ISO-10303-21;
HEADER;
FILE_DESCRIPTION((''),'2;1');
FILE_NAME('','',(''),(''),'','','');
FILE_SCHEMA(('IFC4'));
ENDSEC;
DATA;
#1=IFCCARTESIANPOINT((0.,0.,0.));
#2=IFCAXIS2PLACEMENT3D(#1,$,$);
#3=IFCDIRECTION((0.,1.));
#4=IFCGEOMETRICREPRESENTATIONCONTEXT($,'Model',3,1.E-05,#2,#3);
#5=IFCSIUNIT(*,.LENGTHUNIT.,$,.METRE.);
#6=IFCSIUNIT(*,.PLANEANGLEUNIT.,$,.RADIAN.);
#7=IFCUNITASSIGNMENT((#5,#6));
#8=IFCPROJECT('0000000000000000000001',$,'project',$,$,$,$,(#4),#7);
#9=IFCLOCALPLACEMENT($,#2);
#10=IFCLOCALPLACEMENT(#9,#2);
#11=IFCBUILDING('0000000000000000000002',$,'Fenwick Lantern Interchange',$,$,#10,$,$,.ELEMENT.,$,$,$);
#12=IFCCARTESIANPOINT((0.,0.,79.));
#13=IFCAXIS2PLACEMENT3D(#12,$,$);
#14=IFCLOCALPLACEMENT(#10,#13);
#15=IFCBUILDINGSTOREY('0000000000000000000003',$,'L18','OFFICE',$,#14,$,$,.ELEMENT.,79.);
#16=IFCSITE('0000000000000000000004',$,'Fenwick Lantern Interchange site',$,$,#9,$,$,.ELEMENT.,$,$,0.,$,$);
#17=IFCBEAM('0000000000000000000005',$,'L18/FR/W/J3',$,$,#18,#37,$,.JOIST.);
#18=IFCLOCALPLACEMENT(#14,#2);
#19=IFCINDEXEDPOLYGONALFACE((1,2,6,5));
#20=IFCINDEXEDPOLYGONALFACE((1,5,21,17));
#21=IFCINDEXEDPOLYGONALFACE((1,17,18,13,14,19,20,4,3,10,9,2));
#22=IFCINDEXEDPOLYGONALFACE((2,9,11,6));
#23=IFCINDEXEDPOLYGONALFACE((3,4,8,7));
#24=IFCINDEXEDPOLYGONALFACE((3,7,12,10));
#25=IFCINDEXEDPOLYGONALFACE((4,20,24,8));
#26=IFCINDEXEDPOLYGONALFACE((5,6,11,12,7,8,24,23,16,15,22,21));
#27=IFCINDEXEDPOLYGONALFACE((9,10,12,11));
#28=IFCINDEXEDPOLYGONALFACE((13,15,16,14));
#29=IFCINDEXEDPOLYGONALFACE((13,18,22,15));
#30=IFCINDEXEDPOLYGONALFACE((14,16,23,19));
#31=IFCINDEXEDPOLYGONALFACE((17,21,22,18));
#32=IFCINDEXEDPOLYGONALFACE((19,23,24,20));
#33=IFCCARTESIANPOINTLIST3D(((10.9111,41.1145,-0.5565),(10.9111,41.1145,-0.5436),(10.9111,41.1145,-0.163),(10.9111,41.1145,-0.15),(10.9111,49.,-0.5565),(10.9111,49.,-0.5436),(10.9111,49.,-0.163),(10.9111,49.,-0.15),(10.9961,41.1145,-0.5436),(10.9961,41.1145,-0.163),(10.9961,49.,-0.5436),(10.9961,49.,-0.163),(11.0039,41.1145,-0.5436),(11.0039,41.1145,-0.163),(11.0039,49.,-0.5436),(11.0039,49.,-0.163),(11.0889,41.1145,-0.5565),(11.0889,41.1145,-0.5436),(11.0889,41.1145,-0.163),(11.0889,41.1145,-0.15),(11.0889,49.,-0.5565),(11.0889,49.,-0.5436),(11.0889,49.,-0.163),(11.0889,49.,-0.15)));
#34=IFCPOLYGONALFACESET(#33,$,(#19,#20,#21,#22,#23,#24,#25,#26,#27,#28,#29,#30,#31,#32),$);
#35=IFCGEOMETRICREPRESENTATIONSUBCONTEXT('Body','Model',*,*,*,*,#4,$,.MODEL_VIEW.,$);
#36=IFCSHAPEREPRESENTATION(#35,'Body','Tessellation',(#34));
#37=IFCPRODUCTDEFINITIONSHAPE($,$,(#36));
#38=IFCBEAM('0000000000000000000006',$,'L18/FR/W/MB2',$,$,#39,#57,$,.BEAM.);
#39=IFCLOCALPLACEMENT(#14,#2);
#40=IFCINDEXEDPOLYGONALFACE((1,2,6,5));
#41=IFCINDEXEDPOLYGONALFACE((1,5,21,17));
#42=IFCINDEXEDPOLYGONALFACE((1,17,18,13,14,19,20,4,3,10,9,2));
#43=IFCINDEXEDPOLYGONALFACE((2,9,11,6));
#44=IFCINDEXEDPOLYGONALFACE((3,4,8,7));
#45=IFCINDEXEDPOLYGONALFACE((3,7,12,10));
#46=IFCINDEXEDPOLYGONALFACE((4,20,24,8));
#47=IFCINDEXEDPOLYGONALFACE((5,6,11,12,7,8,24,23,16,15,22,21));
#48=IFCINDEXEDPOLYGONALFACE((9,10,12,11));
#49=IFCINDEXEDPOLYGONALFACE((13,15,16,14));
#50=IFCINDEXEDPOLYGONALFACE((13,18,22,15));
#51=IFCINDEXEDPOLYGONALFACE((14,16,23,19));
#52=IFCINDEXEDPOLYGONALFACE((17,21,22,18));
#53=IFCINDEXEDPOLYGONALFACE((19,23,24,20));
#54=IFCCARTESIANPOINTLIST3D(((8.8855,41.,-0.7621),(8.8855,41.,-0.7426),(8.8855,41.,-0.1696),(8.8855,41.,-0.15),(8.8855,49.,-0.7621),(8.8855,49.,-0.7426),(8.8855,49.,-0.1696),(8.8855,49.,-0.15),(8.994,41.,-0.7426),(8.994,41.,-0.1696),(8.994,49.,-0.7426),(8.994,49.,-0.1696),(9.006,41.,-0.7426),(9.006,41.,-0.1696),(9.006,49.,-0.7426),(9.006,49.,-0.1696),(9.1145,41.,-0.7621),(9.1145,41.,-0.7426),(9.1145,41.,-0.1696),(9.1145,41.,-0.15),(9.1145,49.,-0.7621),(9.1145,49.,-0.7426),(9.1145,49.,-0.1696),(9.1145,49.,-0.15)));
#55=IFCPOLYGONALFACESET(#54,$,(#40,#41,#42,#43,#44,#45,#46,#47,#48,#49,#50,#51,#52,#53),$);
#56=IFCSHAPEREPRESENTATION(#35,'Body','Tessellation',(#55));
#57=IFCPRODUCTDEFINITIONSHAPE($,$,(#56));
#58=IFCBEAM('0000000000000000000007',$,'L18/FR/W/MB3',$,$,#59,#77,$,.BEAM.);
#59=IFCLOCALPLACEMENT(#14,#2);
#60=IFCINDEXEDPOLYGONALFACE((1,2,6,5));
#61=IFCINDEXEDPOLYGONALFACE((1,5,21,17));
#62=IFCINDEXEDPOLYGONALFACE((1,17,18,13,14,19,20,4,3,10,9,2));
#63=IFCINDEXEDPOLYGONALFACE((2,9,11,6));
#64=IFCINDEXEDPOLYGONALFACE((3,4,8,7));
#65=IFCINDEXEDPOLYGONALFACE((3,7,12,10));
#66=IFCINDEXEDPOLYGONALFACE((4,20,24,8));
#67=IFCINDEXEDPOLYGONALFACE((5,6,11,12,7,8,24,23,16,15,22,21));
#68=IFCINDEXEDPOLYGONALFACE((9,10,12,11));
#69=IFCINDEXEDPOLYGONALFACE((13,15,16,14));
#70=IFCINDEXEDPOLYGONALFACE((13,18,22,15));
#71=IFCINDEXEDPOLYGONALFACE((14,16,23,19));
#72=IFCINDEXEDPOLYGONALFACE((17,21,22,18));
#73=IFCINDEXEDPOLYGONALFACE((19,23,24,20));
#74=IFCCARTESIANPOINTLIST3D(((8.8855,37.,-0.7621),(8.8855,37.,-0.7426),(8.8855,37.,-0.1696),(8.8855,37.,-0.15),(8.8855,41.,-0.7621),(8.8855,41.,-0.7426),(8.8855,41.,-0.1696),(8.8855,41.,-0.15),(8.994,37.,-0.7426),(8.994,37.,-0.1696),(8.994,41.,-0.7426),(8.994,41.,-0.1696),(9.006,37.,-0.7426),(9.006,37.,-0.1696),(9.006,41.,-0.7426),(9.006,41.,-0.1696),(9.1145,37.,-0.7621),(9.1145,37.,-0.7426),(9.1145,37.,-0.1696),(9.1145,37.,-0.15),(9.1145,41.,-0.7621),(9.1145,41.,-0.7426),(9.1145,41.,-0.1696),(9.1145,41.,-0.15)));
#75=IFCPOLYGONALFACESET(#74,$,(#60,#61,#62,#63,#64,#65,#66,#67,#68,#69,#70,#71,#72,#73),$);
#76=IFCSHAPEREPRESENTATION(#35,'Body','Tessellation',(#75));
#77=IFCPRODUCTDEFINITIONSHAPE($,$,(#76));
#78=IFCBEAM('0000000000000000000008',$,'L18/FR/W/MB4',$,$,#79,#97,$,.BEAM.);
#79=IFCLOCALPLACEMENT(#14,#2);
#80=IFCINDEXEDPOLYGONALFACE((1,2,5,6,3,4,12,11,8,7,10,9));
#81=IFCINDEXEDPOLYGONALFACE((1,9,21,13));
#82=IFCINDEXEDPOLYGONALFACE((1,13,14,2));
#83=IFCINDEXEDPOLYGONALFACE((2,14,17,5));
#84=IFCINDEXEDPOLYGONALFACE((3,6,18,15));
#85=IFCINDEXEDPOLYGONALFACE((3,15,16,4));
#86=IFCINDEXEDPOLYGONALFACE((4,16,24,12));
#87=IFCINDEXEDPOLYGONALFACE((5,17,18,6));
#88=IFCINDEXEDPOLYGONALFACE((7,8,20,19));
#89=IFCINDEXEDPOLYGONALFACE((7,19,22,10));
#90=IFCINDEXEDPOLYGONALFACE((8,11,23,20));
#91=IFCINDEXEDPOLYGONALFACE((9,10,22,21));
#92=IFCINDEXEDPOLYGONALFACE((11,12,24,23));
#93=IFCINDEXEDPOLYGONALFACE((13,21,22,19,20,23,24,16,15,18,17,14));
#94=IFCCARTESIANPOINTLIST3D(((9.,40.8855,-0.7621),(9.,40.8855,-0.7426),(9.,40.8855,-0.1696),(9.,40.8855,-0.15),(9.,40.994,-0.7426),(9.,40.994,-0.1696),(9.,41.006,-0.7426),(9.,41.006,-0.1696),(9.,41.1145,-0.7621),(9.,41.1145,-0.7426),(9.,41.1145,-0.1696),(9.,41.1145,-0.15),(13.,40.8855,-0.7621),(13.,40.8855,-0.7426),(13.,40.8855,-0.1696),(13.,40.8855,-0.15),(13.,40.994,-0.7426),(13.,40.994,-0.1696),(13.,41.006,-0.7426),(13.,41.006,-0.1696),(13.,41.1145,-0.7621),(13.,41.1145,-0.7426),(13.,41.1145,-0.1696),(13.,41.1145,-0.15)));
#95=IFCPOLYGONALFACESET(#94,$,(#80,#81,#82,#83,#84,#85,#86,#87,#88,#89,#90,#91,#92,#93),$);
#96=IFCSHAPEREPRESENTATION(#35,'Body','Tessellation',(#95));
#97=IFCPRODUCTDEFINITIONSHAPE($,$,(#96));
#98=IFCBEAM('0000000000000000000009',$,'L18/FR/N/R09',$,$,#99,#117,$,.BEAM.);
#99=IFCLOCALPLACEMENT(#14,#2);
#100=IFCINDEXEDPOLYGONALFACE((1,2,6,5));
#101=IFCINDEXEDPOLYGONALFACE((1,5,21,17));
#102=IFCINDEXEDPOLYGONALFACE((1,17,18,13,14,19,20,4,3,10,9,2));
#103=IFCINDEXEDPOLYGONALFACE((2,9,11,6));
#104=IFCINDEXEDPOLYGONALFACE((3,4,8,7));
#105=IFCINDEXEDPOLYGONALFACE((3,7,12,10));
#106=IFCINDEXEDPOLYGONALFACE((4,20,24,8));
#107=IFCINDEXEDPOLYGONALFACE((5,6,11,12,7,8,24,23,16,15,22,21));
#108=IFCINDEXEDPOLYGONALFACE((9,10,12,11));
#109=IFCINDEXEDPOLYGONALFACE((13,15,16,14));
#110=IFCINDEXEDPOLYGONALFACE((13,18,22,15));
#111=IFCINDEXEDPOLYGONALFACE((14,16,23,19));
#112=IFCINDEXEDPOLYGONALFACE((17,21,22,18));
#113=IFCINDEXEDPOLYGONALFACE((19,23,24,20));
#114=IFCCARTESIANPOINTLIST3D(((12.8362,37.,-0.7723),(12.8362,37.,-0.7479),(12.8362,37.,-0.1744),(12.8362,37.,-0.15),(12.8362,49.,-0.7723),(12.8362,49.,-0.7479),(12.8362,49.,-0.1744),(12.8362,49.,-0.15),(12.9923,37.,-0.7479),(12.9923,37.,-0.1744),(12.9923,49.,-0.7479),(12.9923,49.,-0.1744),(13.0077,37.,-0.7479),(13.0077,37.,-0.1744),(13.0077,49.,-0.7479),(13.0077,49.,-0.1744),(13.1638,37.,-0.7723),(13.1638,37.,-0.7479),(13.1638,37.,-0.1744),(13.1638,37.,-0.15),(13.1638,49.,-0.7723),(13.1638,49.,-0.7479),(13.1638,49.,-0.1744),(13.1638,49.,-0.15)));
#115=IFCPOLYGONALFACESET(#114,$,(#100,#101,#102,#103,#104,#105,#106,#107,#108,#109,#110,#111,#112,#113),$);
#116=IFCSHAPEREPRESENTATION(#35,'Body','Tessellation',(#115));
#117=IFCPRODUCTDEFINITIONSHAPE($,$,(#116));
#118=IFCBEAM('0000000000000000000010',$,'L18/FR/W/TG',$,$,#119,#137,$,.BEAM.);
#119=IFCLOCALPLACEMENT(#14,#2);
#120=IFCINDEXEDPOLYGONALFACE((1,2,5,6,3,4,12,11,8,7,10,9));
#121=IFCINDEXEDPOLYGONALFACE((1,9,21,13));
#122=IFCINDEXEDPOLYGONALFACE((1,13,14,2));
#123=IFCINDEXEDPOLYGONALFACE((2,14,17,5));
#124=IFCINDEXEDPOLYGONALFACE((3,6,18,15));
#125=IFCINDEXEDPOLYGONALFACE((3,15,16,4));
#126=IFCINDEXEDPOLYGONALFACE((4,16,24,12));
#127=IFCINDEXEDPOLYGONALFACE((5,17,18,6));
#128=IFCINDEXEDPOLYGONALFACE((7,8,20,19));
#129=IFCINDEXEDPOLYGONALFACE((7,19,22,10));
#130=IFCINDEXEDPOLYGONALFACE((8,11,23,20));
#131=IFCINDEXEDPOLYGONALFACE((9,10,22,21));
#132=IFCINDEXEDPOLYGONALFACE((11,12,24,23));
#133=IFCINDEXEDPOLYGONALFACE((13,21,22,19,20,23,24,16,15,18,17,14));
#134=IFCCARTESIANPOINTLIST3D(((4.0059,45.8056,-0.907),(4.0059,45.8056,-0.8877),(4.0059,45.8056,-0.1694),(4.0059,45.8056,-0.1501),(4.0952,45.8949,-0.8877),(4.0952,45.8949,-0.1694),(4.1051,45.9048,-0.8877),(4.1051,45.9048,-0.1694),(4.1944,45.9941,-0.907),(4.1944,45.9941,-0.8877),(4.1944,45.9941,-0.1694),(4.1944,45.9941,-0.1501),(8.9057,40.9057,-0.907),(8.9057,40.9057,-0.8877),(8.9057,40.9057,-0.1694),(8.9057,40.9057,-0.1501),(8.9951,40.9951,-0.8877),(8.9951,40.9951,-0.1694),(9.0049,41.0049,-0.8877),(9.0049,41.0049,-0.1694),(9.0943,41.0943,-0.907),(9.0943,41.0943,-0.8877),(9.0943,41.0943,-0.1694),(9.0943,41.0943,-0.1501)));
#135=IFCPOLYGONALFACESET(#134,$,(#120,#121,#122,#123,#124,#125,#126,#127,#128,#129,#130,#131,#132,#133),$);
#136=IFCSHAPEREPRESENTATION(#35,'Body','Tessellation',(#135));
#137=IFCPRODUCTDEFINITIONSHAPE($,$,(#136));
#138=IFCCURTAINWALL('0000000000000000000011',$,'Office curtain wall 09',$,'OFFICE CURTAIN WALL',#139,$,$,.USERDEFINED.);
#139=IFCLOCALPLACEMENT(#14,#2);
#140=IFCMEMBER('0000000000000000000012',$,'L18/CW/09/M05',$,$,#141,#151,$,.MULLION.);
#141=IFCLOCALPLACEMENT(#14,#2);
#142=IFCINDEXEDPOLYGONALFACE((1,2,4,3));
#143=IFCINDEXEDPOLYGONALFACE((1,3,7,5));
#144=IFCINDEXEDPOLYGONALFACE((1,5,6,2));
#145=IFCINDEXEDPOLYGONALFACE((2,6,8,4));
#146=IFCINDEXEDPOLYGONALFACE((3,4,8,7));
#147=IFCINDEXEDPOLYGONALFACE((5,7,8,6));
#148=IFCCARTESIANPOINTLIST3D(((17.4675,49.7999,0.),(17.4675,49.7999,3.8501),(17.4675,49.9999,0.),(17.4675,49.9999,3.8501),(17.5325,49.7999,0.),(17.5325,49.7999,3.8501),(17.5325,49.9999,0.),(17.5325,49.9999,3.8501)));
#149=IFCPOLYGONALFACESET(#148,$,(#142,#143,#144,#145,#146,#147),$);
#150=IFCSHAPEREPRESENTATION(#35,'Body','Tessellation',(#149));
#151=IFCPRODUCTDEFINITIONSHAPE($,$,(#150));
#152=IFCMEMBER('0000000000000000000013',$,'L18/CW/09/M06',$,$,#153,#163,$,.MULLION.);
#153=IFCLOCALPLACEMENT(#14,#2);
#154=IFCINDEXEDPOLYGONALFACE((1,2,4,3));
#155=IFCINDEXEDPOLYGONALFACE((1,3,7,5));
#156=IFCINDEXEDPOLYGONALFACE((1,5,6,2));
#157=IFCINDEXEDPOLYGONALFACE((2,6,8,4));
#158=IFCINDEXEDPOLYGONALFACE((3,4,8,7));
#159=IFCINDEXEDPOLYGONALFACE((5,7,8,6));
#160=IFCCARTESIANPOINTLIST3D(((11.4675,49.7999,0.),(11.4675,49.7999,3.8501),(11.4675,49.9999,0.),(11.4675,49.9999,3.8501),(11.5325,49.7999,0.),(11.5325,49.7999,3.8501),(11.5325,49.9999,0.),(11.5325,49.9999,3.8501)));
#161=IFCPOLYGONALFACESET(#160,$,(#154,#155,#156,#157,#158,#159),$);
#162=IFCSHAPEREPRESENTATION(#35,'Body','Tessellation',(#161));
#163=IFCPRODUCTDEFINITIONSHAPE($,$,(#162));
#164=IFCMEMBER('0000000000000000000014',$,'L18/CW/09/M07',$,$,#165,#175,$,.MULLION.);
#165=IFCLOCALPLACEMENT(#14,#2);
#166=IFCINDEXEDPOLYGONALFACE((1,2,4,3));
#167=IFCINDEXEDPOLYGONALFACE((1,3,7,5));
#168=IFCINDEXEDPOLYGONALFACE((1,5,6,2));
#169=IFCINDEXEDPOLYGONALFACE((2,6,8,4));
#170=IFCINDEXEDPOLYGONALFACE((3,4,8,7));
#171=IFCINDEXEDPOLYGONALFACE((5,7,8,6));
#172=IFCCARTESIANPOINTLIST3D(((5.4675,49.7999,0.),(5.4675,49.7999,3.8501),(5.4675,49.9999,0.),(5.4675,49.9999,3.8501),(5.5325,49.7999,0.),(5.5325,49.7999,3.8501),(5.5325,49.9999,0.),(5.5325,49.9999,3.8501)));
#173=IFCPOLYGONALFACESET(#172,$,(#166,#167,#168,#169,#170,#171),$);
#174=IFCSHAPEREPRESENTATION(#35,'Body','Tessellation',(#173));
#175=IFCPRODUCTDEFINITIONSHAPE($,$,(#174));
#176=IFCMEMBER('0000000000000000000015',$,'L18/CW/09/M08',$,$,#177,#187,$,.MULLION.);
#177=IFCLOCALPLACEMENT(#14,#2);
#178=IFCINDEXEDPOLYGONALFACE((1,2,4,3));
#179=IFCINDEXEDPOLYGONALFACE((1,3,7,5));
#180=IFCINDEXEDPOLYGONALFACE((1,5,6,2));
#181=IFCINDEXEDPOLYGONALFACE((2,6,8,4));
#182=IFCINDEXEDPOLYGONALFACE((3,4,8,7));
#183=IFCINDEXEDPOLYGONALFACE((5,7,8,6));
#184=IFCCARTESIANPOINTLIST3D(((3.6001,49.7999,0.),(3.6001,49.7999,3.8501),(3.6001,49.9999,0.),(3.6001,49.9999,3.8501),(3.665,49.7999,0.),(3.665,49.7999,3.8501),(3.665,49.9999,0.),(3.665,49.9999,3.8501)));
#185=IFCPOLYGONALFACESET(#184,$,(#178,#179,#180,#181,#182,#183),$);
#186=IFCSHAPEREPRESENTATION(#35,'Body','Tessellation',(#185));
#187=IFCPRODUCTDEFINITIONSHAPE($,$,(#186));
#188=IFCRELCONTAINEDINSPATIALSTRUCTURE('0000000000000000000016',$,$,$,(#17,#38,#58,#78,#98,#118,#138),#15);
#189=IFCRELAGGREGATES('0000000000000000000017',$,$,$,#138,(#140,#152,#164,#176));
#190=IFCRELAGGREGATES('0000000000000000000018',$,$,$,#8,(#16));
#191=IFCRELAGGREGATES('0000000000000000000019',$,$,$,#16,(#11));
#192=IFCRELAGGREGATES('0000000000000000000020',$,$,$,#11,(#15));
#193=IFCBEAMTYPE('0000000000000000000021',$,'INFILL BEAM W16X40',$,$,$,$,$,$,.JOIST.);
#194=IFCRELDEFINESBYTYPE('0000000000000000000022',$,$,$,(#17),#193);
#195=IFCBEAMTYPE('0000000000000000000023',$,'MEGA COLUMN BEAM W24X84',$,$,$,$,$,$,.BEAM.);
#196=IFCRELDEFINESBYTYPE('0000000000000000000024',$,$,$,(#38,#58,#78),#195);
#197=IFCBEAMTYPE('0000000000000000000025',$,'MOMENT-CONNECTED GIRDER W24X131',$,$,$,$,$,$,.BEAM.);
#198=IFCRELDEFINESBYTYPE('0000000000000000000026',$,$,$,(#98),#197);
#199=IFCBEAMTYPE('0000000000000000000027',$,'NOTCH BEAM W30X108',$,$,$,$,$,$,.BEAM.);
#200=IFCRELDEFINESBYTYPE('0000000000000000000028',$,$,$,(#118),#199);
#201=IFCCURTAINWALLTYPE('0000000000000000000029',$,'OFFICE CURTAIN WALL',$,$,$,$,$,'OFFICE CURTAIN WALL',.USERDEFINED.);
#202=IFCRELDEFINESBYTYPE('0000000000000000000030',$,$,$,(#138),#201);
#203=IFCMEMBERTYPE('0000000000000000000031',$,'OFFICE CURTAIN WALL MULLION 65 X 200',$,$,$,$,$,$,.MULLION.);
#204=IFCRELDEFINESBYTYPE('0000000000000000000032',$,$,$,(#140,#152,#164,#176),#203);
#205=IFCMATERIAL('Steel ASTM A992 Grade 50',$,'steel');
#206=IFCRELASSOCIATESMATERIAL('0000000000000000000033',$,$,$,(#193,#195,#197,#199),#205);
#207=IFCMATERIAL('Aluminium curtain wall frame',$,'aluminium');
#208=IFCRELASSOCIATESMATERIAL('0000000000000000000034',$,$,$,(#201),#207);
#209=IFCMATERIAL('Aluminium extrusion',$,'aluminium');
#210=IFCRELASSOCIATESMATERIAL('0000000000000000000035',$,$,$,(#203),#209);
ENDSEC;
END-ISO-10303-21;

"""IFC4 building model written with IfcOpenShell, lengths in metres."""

from ifc_helpers import new_model, si_unit, direction, frame, origin, origin_2d, place, context, subcontext, project, spatial, rectangle, i_section, extrude, material, material_profile, profile_set, type_object, element, aggregate, save


model = new_model("IFC4")

# Units and contexts
model_context = context("Model", 3, precision=1e-05, world=origin(), true_north=direction((0.0, 1.0)))
body_context = subcontext(model_context, "Body", "Model", "MODEL_VIEW")
ifc_project = project(units=[si_unit("LENGTHUNIT", "METRE"), si_unit("PLANEANGLEUNIT", "RADIAN")], contexts=[model_context])

# Site, building, storey
site_placement = place(None, origin())
site = spatial("IfcSite", under=ifc_project, at=site_placement, Name="Fenwick Lantern Interchange site", CompositionType="ELEMENT", RefElevation=0.0)
building_placement = place(site_placement, origin())
building = spatial("IfcBuilding", under=site, at=building_placement, Name="Fenwick Lantern Interchange", CompositionType="ELEMENT")
storey_placement = place(building_placement, frame((0.0, 0.0, 79.0)))
storey = spatial("IfcBuildingStorey", under=building, at=storey_placement, Name="L18", Description="OFFICE", CompositionType="ELEMENT", Elevation=79.0)

# Shared definitions
ifc_material_1 = material(Name="Steel ASTM A992 Grade 50", Category="steel")

# Beams
ifc_material_profile_1 = material_profile(ifc_material_1, i_section(OverallWidth=0.1777, OverallDepth=0.4065, WebThickness=0.0078, FlangeThickness=0.0129, at=origin_2d()), Name="W16X40")
ifc_profile_set_1 = profile_set([ifc_material_profile_1], Name="Steel ASTM A992 Grade 50")
beam_type_1 = type_object("IfcBeamType", Name="INFILL BEAM W16X40", PredefinedType="JOIST", material=ifc_profile_set_1)
beam_1_placement = place(storey_placement, frame((11.0, 49.0, -0.3533), z_axis=(0.0, -1.0, 0.0), x_axis=(1.0, 0.0, 0.0)))
element("IfcBeam", 1, at=beam_1_placement, inside=storey, type_object=beam_type_1, Name="L18/FR/W/J3", PredefinedType="JOIST", context=body_context, shape_type="SweptSolid", body=[
    extrude(i_section(OverallWidth=0.1777, OverallDepth=0.4065, WebThickness=0.0078, FlangeThickness=0.0129, at=origin_2d()), origin(), (0.0, 0.0, 1.0), 7.8855),
])
ifc_material_profile_2 = material_profile(ifc_material_1, i_section(OverallWidth=0.229, OverallDepth=0.6121, WebThickness=0.012, FlangeThickness=0.0195, at=origin_2d()), Name="W24X84")
ifc_profile_set_2 = profile_set([ifc_material_profile_2], Name="Steel ASTM A992 Grade 50")
beam_type_2 = type_object("IfcBeamType", Name="MEGA COLUMN BEAM W24X84", PredefinedType="BEAM", material=ifc_profile_set_2)
beam_2_placement = place(storey_placement, frame((9.0, 41.0, -0.4561), z_axis=(0.0, 1.0, 0.0), x_axis=(-1.0, 0.0, 0.0)))
element("IfcBeam", 2, at=beam_2_placement, inside=storey, type_object=beam_type_2, Name="L18/FR/W/MB2", PredefinedType="BEAM", context=body_context, shape_type="SweptSolid", body=[
    extrude(i_section(OverallWidth=0.229, OverallDepth=0.6121, WebThickness=0.012, FlangeThickness=0.0195, at=origin_2d()), origin(), (0.0, 0.0, 1.0), 8.0),
])
for number, where, z_axis, x_axis, name in (
    (3, (9.0, 41.0, -0.4561), (0.0, -1.0, 0.0), (1.0, 0.0, 0.0), "L18/FR/W/MB3"),
    (4, (9.0, 41.0, -0.4561), (1.0, 0.0, 0.0), (0.0, 1.0, 0.0), "L18/FR/W/MB4"),
):
    element("IfcBeam", number, at=place(storey_placement, frame(where, z_axis=z_axis, x_axis=x_axis)), inside=storey, type_object=beam_type_2, Name=name, PredefinedType="BEAM", context=body_context, shape_type="SweptSolid", body=[
        extrude(i_section(OverallWidth=0.229, OverallDepth=0.6121, WebThickness=0.012, FlangeThickness=0.0195, at=origin_2d()), origin(), (0.0, 0.0, 1.0), 4.0),
    ])
ifc_material_profile_3 = material_profile(ifc_material_1, i_section(OverallWidth=0.3276, OverallDepth=0.6223, WebThickness=0.0154, FlangeThickness=0.0244, at=origin_2d()), Name="W24X131")
ifc_profile_set_3 = profile_set([ifc_material_profile_3], Name="Steel ASTM A992 Grade 50")
beam_type_3 = type_object("IfcBeamType", Name="MOMENT-CONNECTED GIRDER W24X131", PredefinedType="BEAM", material=ifc_profile_set_3)
beam_3_placement = place(storey_placement, frame((13.0, 49.0, -0.4612), z_axis=(0.0, -1.0, 0.0), x_axis=(1.0, 0.0, 0.0)))
element("IfcBeam", 5, at=beam_3_placement, inside=storey, type_object=beam_type_3, Name="L18/FR/N/R09", PredefinedType="BEAM", context=body_context, shape_type="SweptSolid", body=[
    extrude(i_section(OverallWidth=0.3276, OverallDepth=0.6223, WebThickness=0.0154, FlangeThickness=0.0244, at=origin_2d()), origin(), (0.0, 0.0, 1.0), 12.0),
])
ifc_material_profile_4 = material_profile(ifc_material_1, i_section(OverallWidth=0.2666, OverallDepth=0.7568, WebThickness=0.0139, FlangeThickness=0.0193, at=origin_2d()), Name="W30X108")
ifc_profile_set_4 = profile_set([ifc_material_profile_4], Name="Steel ASTM A992 Grade 50")
beam_type_4 = type_object("IfcBeamType", Name="NOTCH BEAM W30X108", PredefinedType="BEAM", material=ifc_profile_set_4)
beam_4_placement = place(storey_placement, frame((9.0, 41.0, -0.5286), z_axis=(-0.707107, 0.707107, 0.0), x_axis=(-0.707107, -0.707107, 0.0)))
element("IfcBeam", 6, at=beam_4_placement, inside=storey, type_object=beam_type_4, Name="L18/FR/W/TG", PredefinedType="BEAM", context=body_context, shape_type="SweptSolid", body=[
    extrude(i_section(OverallWidth=0.2666, OverallDepth=0.7568, WebThickness=0.0139, FlangeThickness=0.0193, at=origin_2d()), origin(), (0.0, 0.0, 1.0), 6.9294),
])

# Curtain wall, members
ifc_material_2 = material(Name="Aluminium curtain wall frame", Category="aluminium")
curtain_wall_type = type_object("IfcCurtainWallType", Name="OFFICE CURTAIN WALL", ElementType="OFFICE CURTAIN WALL", PredefinedType="USERDEFINED", material=ifc_material_2)
curtain_wall_1_placement = place(storey_placement, origin())
curtain_wall_1 = element("IfcCurtainWall", 7, at=curtain_wall_1_placement, inside=storey, type_object=curtain_wall_type, Name="Office curtain wall 09", ObjectType="OFFICE CURTAIN WALL", PredefinedType="USERDEFINED")
ifc_material_3 = material(Name="Aluminium extrusion", Category="aluminium")
ifc_material_profile_5 = material_profile(ifc_material_3, rectangle(XDim=0.2, YDim=0.0649, at=origin_2d()), Name="OFFICE CURTAIN WALL MULLION 65 X 200")
ifc_profile_set_5 = profile_set([ifc_material_profile_5], Name="Aluminium extrusion")
member_type_1 = type_object("IfcMemberType", Name="OFFICE CURTAIN WALL MULLION 65 X 200", PredefinedType="MULLION", material=ifc_profile_set_5)
member_1_placement = place(storey_placement, frame((17.5, 49.8999, 0.0), z_axis=(0.0, 0.0, 1.0), x_axis=(0.0, -1.0, 0.0)))
member_1 = element("IfcMember", 8, at=member_1_placement, type_object=member_type_1, Name="L18/CW/09/M05", PredefinedType="MULLION", context=body_context, shape_type="SweptSolid", body=[
    extrude(rectangle(XDim=0.2, YDim=0.0649, at=origin_2d()), origin(), (0.0, 0.0, 1.0), 3.8501),
])
member_2_placement = place(storey_placement, frame((11.5, 49.8999, 0.0), z_axis=(0.0, 0.0, 1.0), x_axis=(0.0, -1.0, 0.0)))
member_2 = element("IfcMember", 9, at=member_2_placement, type_object=member_type_1, Name="L18/CW/09/M06", PredefinedType="MULLION", context=body_context, shape_type="SweptSolid", body=[
    extrude(rectangle(XDim=0.2, YDim=0.0649, at=origin_2d()), origin(), (0.0, 0.0, 1.0), 3.8501),
])
member_3_placement = place(storey_placement, frame((5.5, 49.8999, 0.0), z_axis=(0.0, 0.0, 1.0), x_axis=(0.0, -1.0, 0.0)))
member_3 = element("IfcMember", 10, at=member_3_placement, type_object=member_type_1, Name="L18/CW/09/M07", PredefinedType="MULLION", context=body_context, shape_type="SweptSolid", body=[
    extrude(rectangle(XDim=0.2, YDim=0.0649, at=origin_2d()), origin(), (0.0, 0.0, 1.0), 3.8501),
])
member_4_placement = place(storey_placement, frame((3.6326, 49.8999, 0.0), z_axis=(0.0, 0.0, 1.0), x_axis=(0.0, -1.0, 0.0)))
member_4 = element("IfcMember", 11, at=member_4_placement, type_object=member_type_1, Name="L18/CW/09/M08", PredefinedType="MULLION", context=body_context, shape_type="SweptSolid", body=[
    extrude(rectangle(XDim=0.2, YDim=0.0649, at=origin_2d()), origin(), (0.0, 0.0, 1.0), 3.8501),
])

aggregate(curtain_wall_1, [member_1, member_2, member_3, member_4])

save(model, "model.ifc")
